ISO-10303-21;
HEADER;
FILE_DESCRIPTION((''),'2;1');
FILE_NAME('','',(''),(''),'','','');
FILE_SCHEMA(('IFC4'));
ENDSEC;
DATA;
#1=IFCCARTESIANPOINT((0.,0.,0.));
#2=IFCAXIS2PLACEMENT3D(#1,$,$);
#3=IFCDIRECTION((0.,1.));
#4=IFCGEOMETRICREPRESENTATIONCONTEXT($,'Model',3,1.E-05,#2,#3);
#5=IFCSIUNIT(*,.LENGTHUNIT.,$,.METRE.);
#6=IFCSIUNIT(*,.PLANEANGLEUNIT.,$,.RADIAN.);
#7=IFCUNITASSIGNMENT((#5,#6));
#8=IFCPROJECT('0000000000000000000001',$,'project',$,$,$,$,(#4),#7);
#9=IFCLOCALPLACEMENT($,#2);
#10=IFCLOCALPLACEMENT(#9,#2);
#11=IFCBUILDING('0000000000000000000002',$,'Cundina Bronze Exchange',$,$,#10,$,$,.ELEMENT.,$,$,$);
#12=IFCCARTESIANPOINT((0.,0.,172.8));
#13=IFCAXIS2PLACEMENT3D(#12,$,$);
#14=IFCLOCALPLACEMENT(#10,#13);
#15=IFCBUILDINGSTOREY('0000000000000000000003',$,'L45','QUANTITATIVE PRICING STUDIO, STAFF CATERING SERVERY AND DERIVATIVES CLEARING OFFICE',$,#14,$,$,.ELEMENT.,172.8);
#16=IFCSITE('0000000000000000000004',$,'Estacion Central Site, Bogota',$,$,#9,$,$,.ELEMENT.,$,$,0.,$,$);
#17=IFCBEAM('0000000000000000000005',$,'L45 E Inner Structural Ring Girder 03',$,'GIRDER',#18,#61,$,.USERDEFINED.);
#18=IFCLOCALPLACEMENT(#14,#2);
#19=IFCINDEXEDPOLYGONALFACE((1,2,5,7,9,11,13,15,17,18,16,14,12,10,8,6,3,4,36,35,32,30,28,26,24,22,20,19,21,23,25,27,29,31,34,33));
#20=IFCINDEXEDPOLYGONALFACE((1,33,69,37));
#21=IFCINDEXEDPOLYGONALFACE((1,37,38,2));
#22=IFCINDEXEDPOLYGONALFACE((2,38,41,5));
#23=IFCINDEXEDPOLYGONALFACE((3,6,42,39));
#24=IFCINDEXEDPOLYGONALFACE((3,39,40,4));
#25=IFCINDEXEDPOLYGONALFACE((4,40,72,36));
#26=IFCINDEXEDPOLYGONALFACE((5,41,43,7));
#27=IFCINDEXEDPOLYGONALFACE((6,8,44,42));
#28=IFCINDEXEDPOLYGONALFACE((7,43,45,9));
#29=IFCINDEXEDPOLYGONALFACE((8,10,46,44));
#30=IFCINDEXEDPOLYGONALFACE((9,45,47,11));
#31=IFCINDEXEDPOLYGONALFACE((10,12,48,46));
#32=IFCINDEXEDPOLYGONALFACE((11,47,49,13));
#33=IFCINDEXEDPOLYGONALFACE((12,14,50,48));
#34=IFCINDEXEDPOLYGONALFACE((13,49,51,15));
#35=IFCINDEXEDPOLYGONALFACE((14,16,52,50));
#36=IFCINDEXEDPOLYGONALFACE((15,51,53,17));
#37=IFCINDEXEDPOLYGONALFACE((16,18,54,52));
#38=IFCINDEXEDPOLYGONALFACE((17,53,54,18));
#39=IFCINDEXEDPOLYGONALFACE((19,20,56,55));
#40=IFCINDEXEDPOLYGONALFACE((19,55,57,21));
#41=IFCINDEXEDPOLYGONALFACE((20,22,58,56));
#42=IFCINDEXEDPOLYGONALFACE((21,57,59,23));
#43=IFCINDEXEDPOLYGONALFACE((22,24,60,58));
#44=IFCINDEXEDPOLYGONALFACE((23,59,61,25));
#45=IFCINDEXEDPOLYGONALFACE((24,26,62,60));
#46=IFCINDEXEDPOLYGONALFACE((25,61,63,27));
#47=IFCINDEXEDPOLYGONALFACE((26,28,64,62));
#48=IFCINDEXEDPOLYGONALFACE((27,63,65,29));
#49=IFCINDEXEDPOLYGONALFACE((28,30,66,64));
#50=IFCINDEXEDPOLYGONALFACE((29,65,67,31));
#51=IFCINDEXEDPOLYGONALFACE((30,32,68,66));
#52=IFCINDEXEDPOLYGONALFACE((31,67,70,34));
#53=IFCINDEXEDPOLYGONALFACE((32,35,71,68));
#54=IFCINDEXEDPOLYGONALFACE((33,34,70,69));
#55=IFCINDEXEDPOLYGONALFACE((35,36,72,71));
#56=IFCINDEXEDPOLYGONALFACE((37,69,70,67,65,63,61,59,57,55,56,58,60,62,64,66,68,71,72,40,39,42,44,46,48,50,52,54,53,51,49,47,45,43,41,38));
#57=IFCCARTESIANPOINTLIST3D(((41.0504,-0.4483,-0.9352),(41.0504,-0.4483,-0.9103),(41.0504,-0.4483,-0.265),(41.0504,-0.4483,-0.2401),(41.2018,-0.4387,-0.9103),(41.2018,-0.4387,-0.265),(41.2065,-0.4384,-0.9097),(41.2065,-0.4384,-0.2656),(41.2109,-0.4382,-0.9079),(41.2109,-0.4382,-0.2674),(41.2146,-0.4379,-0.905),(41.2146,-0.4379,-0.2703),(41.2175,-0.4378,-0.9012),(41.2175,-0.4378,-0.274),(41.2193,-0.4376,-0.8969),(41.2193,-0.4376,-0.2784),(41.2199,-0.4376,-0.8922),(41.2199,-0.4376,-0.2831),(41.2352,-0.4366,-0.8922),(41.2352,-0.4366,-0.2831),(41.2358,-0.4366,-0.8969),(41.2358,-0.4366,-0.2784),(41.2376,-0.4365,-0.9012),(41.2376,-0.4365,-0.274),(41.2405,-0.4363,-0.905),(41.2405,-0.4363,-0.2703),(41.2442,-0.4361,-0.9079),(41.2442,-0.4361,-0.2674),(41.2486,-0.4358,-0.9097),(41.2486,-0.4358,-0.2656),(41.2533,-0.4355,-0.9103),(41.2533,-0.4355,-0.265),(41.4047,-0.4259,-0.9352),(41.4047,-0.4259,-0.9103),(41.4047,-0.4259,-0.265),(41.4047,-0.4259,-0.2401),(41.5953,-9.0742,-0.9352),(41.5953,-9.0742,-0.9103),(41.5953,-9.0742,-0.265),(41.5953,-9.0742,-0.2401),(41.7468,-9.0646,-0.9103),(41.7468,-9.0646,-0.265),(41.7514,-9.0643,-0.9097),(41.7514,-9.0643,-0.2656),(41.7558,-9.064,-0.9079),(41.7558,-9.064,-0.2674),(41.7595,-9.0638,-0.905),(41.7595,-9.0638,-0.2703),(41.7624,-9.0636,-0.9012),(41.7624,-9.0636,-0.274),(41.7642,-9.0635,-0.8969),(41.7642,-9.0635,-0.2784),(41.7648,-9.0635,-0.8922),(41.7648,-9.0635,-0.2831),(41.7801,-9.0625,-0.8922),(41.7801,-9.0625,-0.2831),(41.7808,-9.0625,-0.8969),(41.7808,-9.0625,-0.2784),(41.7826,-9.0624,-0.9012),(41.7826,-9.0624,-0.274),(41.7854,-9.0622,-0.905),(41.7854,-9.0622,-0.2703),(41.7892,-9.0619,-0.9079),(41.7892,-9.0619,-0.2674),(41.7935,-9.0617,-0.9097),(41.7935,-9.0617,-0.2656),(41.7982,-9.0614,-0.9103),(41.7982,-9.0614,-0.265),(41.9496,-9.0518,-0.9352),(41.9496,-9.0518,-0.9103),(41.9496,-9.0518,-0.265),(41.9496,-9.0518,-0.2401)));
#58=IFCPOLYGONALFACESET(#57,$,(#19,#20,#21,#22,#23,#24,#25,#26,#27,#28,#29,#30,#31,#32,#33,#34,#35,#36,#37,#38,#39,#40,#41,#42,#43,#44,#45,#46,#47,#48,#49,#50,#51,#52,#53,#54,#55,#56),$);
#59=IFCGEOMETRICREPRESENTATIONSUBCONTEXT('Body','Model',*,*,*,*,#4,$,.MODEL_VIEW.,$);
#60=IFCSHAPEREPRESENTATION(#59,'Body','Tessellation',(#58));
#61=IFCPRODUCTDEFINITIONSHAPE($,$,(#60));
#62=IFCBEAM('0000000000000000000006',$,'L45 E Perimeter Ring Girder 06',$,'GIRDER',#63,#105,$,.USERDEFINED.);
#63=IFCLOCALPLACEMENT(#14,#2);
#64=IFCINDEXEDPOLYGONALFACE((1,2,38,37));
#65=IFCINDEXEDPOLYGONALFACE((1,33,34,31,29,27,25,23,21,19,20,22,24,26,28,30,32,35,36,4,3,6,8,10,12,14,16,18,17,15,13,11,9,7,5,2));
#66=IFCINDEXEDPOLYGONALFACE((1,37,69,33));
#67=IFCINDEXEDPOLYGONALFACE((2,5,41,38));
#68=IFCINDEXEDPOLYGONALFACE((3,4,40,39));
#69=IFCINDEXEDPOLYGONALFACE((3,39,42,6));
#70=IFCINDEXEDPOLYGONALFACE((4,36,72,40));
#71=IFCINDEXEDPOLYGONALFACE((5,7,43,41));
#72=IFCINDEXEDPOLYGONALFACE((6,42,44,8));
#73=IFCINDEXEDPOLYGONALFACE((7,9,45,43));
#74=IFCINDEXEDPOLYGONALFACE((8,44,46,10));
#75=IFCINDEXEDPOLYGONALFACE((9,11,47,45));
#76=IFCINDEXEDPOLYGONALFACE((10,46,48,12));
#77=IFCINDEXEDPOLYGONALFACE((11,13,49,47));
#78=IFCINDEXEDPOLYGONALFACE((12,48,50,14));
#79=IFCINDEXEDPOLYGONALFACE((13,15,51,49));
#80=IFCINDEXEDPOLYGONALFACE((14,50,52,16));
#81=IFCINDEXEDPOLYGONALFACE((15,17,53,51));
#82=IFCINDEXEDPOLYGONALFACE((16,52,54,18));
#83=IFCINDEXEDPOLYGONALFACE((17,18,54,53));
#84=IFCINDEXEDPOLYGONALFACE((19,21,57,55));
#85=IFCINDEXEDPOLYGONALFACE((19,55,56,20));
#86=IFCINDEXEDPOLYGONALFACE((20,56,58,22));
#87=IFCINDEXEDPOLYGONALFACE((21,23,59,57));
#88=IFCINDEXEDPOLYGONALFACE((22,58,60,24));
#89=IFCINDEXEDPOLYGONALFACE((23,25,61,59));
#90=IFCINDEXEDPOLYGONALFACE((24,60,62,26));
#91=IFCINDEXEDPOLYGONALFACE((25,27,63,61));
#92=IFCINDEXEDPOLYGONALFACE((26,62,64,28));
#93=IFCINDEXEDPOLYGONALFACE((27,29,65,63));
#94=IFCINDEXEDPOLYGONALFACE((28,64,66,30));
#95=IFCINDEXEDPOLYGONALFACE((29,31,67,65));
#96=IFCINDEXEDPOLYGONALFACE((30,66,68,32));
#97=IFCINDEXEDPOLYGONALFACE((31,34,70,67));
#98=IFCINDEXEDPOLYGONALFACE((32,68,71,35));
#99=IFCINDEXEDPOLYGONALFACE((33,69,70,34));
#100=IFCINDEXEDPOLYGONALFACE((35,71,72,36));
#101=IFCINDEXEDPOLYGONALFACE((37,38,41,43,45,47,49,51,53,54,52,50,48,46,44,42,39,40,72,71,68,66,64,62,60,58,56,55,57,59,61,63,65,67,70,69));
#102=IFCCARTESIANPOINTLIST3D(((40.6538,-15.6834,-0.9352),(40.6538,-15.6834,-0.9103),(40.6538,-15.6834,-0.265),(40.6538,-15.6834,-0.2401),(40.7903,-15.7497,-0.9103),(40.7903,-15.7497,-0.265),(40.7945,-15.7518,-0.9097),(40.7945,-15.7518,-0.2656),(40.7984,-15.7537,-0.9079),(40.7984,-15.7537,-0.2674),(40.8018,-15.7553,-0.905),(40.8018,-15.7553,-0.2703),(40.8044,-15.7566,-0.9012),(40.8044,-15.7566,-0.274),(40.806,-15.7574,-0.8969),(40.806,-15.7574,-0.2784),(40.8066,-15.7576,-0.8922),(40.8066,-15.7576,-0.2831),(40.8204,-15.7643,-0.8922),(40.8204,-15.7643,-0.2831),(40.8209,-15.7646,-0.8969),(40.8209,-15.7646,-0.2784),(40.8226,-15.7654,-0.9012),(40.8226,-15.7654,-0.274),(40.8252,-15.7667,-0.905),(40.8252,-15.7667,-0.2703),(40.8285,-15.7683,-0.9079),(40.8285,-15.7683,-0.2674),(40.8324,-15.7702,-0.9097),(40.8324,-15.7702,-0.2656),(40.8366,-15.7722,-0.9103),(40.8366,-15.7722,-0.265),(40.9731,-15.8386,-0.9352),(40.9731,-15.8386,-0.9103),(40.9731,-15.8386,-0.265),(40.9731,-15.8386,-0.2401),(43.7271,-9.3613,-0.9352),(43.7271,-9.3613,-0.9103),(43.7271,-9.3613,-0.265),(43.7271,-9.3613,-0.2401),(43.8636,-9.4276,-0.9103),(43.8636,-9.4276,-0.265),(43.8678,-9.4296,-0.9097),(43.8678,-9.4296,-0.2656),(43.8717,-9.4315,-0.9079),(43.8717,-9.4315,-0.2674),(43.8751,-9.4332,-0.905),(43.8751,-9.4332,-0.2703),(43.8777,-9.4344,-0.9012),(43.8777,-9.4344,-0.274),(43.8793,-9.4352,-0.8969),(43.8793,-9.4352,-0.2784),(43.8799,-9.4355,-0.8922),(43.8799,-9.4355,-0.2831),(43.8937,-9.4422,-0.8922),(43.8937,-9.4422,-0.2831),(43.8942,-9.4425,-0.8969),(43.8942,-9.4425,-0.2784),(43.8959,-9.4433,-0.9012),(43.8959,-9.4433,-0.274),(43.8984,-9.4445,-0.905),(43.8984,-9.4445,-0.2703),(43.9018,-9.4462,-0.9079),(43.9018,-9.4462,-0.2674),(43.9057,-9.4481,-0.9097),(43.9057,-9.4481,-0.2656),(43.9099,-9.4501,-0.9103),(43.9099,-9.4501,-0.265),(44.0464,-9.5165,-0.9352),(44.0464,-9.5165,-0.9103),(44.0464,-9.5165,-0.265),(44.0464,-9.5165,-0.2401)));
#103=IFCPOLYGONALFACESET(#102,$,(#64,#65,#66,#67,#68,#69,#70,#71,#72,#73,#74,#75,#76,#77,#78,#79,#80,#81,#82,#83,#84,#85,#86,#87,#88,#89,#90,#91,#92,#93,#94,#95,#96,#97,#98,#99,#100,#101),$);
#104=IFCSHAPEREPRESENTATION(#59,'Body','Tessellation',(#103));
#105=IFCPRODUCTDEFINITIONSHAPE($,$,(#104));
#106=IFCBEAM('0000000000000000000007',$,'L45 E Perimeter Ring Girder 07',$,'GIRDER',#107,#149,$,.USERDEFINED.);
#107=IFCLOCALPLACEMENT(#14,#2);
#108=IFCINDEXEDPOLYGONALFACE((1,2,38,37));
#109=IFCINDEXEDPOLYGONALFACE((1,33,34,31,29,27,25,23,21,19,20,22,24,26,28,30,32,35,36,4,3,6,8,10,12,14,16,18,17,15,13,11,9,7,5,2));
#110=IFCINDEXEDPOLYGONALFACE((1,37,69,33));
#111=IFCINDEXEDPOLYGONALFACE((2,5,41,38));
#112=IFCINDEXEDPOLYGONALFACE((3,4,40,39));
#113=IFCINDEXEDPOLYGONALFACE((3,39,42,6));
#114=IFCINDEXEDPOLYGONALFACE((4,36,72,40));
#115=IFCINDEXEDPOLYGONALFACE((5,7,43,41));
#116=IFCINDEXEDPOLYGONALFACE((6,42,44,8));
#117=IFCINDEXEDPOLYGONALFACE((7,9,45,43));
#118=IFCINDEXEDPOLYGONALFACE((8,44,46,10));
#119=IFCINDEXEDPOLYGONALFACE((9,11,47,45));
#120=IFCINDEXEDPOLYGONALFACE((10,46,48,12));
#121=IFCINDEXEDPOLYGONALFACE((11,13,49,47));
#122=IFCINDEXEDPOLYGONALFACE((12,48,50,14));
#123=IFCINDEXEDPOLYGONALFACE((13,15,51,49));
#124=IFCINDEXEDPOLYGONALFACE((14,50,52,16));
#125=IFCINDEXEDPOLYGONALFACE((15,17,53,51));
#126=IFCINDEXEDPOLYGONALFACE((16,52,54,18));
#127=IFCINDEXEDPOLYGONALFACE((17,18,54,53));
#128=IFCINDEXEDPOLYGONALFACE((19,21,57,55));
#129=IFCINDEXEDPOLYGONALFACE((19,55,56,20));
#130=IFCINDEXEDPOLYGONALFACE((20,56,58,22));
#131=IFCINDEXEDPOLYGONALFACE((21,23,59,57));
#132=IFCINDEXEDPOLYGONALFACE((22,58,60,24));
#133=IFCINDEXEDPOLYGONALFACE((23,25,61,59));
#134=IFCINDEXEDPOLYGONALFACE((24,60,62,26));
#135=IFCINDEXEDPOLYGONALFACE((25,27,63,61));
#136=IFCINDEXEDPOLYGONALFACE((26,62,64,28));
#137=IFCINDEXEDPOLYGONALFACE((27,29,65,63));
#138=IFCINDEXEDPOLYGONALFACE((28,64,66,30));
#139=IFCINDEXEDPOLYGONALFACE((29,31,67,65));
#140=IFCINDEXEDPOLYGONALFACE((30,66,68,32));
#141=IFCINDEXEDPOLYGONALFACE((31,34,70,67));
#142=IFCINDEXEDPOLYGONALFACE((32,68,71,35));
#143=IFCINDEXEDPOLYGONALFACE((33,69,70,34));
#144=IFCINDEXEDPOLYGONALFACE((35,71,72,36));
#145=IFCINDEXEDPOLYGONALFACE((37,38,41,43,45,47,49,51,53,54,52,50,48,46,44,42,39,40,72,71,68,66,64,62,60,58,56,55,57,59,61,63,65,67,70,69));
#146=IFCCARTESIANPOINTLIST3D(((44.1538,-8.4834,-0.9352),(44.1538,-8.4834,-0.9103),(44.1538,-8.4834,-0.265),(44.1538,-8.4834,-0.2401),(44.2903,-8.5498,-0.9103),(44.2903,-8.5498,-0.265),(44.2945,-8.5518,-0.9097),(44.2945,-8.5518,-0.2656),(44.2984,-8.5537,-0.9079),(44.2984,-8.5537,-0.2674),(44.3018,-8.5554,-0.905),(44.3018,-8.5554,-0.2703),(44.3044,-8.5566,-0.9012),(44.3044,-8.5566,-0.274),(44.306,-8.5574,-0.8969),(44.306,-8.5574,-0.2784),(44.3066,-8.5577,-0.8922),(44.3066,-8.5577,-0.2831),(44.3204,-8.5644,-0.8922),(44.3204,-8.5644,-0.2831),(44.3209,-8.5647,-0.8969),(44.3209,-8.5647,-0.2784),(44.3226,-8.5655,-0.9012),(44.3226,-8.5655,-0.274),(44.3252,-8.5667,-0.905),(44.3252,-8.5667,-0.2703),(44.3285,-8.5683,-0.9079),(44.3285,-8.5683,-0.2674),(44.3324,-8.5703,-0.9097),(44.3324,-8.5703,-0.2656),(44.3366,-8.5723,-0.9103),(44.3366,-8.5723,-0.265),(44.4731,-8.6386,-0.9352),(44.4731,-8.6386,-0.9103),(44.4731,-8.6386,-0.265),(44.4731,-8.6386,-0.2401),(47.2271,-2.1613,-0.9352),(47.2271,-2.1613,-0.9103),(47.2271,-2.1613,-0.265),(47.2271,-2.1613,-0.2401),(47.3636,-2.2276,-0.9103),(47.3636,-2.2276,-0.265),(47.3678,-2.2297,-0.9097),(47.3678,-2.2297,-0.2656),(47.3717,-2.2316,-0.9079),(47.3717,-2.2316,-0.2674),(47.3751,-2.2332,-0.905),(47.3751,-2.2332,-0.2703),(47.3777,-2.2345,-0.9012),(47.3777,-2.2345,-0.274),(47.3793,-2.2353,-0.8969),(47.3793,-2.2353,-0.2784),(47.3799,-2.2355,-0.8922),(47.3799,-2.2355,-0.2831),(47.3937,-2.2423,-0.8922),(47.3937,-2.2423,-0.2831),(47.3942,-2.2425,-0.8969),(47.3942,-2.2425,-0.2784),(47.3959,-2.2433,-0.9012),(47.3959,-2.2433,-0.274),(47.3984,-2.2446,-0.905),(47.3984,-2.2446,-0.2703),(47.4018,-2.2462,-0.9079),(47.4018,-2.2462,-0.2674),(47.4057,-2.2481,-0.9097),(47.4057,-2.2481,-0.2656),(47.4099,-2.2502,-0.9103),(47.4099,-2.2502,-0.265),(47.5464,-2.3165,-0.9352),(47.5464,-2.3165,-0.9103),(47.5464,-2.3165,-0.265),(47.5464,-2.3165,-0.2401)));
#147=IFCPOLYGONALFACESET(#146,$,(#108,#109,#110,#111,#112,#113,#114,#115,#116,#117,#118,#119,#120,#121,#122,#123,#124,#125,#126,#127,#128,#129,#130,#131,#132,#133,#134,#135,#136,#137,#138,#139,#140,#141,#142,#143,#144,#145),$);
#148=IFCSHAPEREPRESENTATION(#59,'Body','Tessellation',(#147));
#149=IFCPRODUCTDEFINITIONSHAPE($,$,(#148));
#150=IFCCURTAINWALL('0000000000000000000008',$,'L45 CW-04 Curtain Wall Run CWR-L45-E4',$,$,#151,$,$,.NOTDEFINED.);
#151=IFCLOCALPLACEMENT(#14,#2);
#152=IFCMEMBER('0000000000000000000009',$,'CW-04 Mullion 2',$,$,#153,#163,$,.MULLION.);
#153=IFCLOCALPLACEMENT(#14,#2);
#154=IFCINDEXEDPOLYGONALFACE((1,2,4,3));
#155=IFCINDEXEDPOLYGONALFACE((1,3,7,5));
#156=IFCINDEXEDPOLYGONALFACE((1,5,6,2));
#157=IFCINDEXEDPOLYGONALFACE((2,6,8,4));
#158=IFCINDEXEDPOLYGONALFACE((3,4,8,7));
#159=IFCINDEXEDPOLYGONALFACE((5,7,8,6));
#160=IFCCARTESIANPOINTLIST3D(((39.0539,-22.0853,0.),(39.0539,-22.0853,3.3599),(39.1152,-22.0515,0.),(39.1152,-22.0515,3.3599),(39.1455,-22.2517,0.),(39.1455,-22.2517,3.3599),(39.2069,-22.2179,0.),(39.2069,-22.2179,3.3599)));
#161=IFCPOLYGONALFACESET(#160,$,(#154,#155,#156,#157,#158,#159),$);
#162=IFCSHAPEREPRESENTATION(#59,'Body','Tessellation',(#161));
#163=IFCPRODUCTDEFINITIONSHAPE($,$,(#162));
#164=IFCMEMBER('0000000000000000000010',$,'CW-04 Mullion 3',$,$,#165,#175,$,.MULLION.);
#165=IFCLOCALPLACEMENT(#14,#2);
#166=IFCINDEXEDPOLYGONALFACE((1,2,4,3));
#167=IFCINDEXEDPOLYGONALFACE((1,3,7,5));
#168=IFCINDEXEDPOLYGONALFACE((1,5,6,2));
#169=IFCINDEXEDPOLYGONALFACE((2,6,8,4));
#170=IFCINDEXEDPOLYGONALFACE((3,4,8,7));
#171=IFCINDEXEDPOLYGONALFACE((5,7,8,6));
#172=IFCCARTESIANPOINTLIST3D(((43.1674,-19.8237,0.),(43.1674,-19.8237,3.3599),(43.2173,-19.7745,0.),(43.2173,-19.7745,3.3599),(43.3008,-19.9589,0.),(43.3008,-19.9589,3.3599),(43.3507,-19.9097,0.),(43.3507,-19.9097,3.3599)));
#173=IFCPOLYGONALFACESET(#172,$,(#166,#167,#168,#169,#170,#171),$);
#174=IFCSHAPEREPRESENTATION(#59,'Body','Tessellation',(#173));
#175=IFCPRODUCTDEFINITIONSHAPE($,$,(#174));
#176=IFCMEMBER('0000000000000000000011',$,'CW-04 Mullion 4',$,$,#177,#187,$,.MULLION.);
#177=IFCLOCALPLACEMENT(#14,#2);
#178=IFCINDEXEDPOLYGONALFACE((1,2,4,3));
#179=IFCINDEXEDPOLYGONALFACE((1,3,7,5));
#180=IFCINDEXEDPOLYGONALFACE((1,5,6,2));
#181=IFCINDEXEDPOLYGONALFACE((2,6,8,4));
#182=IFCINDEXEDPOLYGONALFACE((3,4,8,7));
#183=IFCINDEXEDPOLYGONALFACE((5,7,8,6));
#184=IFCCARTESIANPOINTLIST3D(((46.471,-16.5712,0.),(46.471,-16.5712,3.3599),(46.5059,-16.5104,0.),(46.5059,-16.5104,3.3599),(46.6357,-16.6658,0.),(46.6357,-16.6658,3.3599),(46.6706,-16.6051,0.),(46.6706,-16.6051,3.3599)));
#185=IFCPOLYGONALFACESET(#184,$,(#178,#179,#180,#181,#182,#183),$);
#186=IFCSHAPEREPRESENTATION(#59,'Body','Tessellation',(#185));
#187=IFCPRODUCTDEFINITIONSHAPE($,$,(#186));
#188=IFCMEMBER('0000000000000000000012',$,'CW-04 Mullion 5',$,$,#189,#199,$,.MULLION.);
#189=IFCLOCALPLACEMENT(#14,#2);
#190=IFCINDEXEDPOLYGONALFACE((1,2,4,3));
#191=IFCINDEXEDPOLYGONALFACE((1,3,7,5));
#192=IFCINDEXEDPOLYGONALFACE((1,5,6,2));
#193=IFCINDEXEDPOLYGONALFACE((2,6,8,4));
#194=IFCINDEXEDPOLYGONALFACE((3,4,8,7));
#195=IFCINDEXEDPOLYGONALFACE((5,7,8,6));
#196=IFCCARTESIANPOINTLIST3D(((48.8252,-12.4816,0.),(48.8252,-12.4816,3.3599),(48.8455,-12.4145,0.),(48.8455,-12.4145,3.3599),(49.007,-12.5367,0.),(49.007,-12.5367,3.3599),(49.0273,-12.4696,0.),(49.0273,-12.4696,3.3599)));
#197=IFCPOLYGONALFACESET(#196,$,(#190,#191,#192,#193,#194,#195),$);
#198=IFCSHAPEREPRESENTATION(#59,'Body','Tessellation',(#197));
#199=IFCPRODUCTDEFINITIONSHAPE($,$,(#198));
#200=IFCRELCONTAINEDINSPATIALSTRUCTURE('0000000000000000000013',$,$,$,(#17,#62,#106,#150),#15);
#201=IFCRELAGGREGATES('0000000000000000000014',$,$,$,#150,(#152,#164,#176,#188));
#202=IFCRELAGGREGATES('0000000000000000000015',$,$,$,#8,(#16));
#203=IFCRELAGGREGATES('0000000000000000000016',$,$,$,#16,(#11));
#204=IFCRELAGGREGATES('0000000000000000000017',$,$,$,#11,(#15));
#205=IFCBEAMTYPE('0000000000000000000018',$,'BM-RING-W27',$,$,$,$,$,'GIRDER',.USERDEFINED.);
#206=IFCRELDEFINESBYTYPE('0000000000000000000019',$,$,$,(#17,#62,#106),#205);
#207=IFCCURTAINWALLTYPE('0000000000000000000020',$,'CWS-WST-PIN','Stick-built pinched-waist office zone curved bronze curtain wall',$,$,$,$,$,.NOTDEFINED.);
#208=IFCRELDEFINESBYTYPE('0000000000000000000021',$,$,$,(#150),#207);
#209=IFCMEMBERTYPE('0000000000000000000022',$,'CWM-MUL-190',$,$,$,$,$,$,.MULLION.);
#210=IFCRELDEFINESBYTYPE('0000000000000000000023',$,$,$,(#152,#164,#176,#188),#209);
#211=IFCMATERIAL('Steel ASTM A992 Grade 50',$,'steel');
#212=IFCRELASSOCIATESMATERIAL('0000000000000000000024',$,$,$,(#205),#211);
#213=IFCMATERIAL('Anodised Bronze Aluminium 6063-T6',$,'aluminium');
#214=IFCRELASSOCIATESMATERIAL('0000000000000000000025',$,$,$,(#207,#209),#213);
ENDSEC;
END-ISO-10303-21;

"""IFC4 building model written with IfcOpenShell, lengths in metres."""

from ifc_helpers import new_model, si_unit, direction, frame, origin, origin_2d, place, context, subcontext, project, spatial, rectangle, i_section, extrude, material, material_profile, profile_set, type_object, element, aggregate, save


model = new_model("IFC4")

# Units and contexts
model_context = context("Model", 3, precision=1e-05, world=origin(), true_north=direction((0.0, 1.0)))
body_context = subcontext(model_context, "Body", "Model", "MODEL_VIEW")
ifc_project = project(units=[si_unit("LENGTHUNIT", "METRE"), si_unit("PLANEANGLEUNIT", "RADIAN")], contexts=[model_context])

# Site, building, storey
site_placement = place(None, origin())
site = spatial("IfcSite", under=ifc_project, at=site_placement, Name="Estacion Central Site, Bogota", CompositionType="ELEMENT", RefElevation=0.0)
building_placement = place(site_placement, origin())
building = spatial("IfcBuilding", under=site, at=building_placement, Name="Cundina Bronze Exchange", CompositionType="ELEMENT")
storey_placement = place(building_placement, frame((0.0, 0.0, 172.8)))
storey = spatial("IfcBuildingStorey", under=building, at=storey_placement, Name="L45", Description="QUANTITATIVE PRICING STUDIO, STAFF CATERING SERVERY AND DERIVATIVES CLEARING OFFICE", CompositionType="ELEMENT", Elevation=172.8)

# Beams
ifc_material_1 = material(Name="Steel ASTM A992 Grade 50", Category="steel")
ifc_material_profile_1 = material_profile(ifc_material_1, i_section(OverallWidth=0.355, OverallDepth=0.6951, WebThickness=0.0154, FlangeThickness=0.0249, FilletRadius=0.0181, at=origin_2d()), Name="W27X146", Category="steel")
ifc_profile_set_1 = profile_set([ifc_material_profile_1], Name="Steel ASTM A992 Grade 50")
beam_type_1 = type_object("IfcBeamType", Name="BM-RING-W27", ElementType="GIRDER", PredefinedType="USERDEFINED", material=ifc_profile_set_1)
beam_1_placement = place(storey_placement, frame((41.7725, -9.063, -0.5876), z_axis=(-0.063047, 0.998011, 0.0), x_axis=(-0.998011, -0.063047, 0.0)))
element("IfcBeam", 1, at=beam_1_placement, inside=storey, type_object=beam_type_1, Name="L45 E Inner Structural Ring Girder 03", ObjectType="GIRDER", PredefinedType="USERDEFINED", context=body_context, shape_type="SweptSolid", body=[
    extrude(i_section(OverallWidth=0.355, OverallDepth=0.6951, WebThickness=0.0154, FlangeThickness=0.0249, FilletRadius=0.0181, at=origin_2d()), origin(), (0.0, 0.0, 1.0), 8.6431),
])
for number, where, z_axis, x_axis, name in (
    (2, (40.8135, -15.761, -0.5876), (0.437197, 0.899366, 0.0), (-0.899366, 0.437197, 0.0), "L45 E Perimeter Ring Girder 06"),
    (3, (44.3135, -8.561, -0.5876), (0.437197, 0.899366, 0.0), (-0.899366, 0.437197, 0.0), "L45 E Perimeter Ring Girder 07"),
):
    element("IfcBeam", number, at=place(storey_placement, frame(where, z_axis=z_axis, x_axis=x_axis)), inside=storey, type_object=beam_type_1, Name=name, ObjectType="GIRDER", PredefinedType="USERDEFINED", context=body_context, shape_type="SweptSolid", body=[
        extrude(i_section(OverallWidth=0.355, OverallDepth=0.6951, WebThickness=0.0154, FlangeThickness=0.0249, FilletRadius=0.0181, at=origin_2d()), origin(), (0.0, 0.0, 1.0), 7.0295),
    ])

# Curtain wall, members
ifc_material_2 = material(Name="Anodised Bronze Aluminium 6063-T6", Category="aluminium")
curtain_wall_type = type_object("IfcCurtainWallType", Name="CWS-WST-PIN", Description="Stick-built pinched-waist office zone curved bronze curtain wall", PredefinedType="NOTDEFINED", material=ifc_material_2)
curtain_wall_placement = place(storey_placement, origin())
curtain_wall = element("IfcCurtainWall", 4, at=curtain_wall_placement, inside=storey, type_object=curtain_wall_type, Name="L45 CW-04 Curtain Wall Run CWR-L45-E4", PredefinedType="NOTDEFINED")
ifc_material_profile_2 = material_profile(ifc_material_2, rectangle(XDim=0.0701, YDim=0.1899, at=origin_2d()), Name="AL70X190", Category="aluminium")
ifc_profile_set_2 = profile_set([ifc_material_profile_2], Name="Anodised Bronze Aluminium 6063-T6")
member_type_1 = type_object("IfcMemberType", Name="CWM-MUL-190", PredefinedType="MULLION", material=ifc_profile_set_2)
member_1_placement = place(storey_placement, frame((39.1304, -22.1516, 0.0), z_axis=(0.0, 0.0, 1.0), x_axis=(0.875886, 0.482518, 0.0)))
member_1 = element("IfcMember", 5, at=member_1_placement, type_object=member_type_1, Name="CW-04 Mullion 2", PredefinedType="MULLION", context=body_context, shape_type="SweptSolid", body=[
    extrude(rectangle(XDim=0.0701, YDim=0.1899, at=origin_2d()), origin(), (0.0, 0.0, 1.0), 3.3599),
])
member_2_placement = place(storey_placement, frame((43.259, -19.8667, 0.0), z_axis=(0.0, 0.0, 1.0), x_axis=(0.712026, 0.702153, 0.0)))
member_2 = element("IfcMember", 6, at=member_2_placement, type_object=member_type_1, Name="CW-04 Mullion 3", PredefinedType="MULLION", context=body_context, shape_type="SweptSolid", body=[
    extrude(rectangle(XDim=0.0701, YDim=0.1899, at=origin_2d()), origin(), (0.0, 0.0, 1.0), 3.3599),
])
member_3_placement = place(storey_placement, frame((46.5708, -16.5881, 0.0), z_axis=(0.0, 0.0, 1.0), x_axis=(0.498488, 0.866897, 0.0)))
member_3 = element("IfcMember", 7, at=member_3_placement, type_object=member_type_1, Name="CW-04 Mullion 4", PredefinedType="MULLION", context=body_context, shape_type="SweptSolid", body=[
    extrude(rectangle(XDim=0.0701, YDim=0.1899, at=origin_2d()), origin(), (0.0, 0.0, 1.0), 3.3599),
])
member_4_placement = place(storey_placement, frame((48.9263, -12.4756, 0.0), z_axis=(0.0, 0.0, 1.0), x_axis=(0.290034, 0.957016, 0.0)))
member_4 = element("IfcMember", 8, at=member_4_placement, type_object=member_type_1, Name="CW-04 Mullion 5", PredefinedType="MULLION", context=body_context, shape_type="SweptSolid", body=[
    extrude(rectangle(XDim=0.0701, YDim=0.1899, at=origin_2d()), origin(), (0.0, 0.0, 1.0), 3.3599),
])
aggregate(curtain_wall, [member_1, member_2, member_3, member_4])

save(model, "model.ifc")
